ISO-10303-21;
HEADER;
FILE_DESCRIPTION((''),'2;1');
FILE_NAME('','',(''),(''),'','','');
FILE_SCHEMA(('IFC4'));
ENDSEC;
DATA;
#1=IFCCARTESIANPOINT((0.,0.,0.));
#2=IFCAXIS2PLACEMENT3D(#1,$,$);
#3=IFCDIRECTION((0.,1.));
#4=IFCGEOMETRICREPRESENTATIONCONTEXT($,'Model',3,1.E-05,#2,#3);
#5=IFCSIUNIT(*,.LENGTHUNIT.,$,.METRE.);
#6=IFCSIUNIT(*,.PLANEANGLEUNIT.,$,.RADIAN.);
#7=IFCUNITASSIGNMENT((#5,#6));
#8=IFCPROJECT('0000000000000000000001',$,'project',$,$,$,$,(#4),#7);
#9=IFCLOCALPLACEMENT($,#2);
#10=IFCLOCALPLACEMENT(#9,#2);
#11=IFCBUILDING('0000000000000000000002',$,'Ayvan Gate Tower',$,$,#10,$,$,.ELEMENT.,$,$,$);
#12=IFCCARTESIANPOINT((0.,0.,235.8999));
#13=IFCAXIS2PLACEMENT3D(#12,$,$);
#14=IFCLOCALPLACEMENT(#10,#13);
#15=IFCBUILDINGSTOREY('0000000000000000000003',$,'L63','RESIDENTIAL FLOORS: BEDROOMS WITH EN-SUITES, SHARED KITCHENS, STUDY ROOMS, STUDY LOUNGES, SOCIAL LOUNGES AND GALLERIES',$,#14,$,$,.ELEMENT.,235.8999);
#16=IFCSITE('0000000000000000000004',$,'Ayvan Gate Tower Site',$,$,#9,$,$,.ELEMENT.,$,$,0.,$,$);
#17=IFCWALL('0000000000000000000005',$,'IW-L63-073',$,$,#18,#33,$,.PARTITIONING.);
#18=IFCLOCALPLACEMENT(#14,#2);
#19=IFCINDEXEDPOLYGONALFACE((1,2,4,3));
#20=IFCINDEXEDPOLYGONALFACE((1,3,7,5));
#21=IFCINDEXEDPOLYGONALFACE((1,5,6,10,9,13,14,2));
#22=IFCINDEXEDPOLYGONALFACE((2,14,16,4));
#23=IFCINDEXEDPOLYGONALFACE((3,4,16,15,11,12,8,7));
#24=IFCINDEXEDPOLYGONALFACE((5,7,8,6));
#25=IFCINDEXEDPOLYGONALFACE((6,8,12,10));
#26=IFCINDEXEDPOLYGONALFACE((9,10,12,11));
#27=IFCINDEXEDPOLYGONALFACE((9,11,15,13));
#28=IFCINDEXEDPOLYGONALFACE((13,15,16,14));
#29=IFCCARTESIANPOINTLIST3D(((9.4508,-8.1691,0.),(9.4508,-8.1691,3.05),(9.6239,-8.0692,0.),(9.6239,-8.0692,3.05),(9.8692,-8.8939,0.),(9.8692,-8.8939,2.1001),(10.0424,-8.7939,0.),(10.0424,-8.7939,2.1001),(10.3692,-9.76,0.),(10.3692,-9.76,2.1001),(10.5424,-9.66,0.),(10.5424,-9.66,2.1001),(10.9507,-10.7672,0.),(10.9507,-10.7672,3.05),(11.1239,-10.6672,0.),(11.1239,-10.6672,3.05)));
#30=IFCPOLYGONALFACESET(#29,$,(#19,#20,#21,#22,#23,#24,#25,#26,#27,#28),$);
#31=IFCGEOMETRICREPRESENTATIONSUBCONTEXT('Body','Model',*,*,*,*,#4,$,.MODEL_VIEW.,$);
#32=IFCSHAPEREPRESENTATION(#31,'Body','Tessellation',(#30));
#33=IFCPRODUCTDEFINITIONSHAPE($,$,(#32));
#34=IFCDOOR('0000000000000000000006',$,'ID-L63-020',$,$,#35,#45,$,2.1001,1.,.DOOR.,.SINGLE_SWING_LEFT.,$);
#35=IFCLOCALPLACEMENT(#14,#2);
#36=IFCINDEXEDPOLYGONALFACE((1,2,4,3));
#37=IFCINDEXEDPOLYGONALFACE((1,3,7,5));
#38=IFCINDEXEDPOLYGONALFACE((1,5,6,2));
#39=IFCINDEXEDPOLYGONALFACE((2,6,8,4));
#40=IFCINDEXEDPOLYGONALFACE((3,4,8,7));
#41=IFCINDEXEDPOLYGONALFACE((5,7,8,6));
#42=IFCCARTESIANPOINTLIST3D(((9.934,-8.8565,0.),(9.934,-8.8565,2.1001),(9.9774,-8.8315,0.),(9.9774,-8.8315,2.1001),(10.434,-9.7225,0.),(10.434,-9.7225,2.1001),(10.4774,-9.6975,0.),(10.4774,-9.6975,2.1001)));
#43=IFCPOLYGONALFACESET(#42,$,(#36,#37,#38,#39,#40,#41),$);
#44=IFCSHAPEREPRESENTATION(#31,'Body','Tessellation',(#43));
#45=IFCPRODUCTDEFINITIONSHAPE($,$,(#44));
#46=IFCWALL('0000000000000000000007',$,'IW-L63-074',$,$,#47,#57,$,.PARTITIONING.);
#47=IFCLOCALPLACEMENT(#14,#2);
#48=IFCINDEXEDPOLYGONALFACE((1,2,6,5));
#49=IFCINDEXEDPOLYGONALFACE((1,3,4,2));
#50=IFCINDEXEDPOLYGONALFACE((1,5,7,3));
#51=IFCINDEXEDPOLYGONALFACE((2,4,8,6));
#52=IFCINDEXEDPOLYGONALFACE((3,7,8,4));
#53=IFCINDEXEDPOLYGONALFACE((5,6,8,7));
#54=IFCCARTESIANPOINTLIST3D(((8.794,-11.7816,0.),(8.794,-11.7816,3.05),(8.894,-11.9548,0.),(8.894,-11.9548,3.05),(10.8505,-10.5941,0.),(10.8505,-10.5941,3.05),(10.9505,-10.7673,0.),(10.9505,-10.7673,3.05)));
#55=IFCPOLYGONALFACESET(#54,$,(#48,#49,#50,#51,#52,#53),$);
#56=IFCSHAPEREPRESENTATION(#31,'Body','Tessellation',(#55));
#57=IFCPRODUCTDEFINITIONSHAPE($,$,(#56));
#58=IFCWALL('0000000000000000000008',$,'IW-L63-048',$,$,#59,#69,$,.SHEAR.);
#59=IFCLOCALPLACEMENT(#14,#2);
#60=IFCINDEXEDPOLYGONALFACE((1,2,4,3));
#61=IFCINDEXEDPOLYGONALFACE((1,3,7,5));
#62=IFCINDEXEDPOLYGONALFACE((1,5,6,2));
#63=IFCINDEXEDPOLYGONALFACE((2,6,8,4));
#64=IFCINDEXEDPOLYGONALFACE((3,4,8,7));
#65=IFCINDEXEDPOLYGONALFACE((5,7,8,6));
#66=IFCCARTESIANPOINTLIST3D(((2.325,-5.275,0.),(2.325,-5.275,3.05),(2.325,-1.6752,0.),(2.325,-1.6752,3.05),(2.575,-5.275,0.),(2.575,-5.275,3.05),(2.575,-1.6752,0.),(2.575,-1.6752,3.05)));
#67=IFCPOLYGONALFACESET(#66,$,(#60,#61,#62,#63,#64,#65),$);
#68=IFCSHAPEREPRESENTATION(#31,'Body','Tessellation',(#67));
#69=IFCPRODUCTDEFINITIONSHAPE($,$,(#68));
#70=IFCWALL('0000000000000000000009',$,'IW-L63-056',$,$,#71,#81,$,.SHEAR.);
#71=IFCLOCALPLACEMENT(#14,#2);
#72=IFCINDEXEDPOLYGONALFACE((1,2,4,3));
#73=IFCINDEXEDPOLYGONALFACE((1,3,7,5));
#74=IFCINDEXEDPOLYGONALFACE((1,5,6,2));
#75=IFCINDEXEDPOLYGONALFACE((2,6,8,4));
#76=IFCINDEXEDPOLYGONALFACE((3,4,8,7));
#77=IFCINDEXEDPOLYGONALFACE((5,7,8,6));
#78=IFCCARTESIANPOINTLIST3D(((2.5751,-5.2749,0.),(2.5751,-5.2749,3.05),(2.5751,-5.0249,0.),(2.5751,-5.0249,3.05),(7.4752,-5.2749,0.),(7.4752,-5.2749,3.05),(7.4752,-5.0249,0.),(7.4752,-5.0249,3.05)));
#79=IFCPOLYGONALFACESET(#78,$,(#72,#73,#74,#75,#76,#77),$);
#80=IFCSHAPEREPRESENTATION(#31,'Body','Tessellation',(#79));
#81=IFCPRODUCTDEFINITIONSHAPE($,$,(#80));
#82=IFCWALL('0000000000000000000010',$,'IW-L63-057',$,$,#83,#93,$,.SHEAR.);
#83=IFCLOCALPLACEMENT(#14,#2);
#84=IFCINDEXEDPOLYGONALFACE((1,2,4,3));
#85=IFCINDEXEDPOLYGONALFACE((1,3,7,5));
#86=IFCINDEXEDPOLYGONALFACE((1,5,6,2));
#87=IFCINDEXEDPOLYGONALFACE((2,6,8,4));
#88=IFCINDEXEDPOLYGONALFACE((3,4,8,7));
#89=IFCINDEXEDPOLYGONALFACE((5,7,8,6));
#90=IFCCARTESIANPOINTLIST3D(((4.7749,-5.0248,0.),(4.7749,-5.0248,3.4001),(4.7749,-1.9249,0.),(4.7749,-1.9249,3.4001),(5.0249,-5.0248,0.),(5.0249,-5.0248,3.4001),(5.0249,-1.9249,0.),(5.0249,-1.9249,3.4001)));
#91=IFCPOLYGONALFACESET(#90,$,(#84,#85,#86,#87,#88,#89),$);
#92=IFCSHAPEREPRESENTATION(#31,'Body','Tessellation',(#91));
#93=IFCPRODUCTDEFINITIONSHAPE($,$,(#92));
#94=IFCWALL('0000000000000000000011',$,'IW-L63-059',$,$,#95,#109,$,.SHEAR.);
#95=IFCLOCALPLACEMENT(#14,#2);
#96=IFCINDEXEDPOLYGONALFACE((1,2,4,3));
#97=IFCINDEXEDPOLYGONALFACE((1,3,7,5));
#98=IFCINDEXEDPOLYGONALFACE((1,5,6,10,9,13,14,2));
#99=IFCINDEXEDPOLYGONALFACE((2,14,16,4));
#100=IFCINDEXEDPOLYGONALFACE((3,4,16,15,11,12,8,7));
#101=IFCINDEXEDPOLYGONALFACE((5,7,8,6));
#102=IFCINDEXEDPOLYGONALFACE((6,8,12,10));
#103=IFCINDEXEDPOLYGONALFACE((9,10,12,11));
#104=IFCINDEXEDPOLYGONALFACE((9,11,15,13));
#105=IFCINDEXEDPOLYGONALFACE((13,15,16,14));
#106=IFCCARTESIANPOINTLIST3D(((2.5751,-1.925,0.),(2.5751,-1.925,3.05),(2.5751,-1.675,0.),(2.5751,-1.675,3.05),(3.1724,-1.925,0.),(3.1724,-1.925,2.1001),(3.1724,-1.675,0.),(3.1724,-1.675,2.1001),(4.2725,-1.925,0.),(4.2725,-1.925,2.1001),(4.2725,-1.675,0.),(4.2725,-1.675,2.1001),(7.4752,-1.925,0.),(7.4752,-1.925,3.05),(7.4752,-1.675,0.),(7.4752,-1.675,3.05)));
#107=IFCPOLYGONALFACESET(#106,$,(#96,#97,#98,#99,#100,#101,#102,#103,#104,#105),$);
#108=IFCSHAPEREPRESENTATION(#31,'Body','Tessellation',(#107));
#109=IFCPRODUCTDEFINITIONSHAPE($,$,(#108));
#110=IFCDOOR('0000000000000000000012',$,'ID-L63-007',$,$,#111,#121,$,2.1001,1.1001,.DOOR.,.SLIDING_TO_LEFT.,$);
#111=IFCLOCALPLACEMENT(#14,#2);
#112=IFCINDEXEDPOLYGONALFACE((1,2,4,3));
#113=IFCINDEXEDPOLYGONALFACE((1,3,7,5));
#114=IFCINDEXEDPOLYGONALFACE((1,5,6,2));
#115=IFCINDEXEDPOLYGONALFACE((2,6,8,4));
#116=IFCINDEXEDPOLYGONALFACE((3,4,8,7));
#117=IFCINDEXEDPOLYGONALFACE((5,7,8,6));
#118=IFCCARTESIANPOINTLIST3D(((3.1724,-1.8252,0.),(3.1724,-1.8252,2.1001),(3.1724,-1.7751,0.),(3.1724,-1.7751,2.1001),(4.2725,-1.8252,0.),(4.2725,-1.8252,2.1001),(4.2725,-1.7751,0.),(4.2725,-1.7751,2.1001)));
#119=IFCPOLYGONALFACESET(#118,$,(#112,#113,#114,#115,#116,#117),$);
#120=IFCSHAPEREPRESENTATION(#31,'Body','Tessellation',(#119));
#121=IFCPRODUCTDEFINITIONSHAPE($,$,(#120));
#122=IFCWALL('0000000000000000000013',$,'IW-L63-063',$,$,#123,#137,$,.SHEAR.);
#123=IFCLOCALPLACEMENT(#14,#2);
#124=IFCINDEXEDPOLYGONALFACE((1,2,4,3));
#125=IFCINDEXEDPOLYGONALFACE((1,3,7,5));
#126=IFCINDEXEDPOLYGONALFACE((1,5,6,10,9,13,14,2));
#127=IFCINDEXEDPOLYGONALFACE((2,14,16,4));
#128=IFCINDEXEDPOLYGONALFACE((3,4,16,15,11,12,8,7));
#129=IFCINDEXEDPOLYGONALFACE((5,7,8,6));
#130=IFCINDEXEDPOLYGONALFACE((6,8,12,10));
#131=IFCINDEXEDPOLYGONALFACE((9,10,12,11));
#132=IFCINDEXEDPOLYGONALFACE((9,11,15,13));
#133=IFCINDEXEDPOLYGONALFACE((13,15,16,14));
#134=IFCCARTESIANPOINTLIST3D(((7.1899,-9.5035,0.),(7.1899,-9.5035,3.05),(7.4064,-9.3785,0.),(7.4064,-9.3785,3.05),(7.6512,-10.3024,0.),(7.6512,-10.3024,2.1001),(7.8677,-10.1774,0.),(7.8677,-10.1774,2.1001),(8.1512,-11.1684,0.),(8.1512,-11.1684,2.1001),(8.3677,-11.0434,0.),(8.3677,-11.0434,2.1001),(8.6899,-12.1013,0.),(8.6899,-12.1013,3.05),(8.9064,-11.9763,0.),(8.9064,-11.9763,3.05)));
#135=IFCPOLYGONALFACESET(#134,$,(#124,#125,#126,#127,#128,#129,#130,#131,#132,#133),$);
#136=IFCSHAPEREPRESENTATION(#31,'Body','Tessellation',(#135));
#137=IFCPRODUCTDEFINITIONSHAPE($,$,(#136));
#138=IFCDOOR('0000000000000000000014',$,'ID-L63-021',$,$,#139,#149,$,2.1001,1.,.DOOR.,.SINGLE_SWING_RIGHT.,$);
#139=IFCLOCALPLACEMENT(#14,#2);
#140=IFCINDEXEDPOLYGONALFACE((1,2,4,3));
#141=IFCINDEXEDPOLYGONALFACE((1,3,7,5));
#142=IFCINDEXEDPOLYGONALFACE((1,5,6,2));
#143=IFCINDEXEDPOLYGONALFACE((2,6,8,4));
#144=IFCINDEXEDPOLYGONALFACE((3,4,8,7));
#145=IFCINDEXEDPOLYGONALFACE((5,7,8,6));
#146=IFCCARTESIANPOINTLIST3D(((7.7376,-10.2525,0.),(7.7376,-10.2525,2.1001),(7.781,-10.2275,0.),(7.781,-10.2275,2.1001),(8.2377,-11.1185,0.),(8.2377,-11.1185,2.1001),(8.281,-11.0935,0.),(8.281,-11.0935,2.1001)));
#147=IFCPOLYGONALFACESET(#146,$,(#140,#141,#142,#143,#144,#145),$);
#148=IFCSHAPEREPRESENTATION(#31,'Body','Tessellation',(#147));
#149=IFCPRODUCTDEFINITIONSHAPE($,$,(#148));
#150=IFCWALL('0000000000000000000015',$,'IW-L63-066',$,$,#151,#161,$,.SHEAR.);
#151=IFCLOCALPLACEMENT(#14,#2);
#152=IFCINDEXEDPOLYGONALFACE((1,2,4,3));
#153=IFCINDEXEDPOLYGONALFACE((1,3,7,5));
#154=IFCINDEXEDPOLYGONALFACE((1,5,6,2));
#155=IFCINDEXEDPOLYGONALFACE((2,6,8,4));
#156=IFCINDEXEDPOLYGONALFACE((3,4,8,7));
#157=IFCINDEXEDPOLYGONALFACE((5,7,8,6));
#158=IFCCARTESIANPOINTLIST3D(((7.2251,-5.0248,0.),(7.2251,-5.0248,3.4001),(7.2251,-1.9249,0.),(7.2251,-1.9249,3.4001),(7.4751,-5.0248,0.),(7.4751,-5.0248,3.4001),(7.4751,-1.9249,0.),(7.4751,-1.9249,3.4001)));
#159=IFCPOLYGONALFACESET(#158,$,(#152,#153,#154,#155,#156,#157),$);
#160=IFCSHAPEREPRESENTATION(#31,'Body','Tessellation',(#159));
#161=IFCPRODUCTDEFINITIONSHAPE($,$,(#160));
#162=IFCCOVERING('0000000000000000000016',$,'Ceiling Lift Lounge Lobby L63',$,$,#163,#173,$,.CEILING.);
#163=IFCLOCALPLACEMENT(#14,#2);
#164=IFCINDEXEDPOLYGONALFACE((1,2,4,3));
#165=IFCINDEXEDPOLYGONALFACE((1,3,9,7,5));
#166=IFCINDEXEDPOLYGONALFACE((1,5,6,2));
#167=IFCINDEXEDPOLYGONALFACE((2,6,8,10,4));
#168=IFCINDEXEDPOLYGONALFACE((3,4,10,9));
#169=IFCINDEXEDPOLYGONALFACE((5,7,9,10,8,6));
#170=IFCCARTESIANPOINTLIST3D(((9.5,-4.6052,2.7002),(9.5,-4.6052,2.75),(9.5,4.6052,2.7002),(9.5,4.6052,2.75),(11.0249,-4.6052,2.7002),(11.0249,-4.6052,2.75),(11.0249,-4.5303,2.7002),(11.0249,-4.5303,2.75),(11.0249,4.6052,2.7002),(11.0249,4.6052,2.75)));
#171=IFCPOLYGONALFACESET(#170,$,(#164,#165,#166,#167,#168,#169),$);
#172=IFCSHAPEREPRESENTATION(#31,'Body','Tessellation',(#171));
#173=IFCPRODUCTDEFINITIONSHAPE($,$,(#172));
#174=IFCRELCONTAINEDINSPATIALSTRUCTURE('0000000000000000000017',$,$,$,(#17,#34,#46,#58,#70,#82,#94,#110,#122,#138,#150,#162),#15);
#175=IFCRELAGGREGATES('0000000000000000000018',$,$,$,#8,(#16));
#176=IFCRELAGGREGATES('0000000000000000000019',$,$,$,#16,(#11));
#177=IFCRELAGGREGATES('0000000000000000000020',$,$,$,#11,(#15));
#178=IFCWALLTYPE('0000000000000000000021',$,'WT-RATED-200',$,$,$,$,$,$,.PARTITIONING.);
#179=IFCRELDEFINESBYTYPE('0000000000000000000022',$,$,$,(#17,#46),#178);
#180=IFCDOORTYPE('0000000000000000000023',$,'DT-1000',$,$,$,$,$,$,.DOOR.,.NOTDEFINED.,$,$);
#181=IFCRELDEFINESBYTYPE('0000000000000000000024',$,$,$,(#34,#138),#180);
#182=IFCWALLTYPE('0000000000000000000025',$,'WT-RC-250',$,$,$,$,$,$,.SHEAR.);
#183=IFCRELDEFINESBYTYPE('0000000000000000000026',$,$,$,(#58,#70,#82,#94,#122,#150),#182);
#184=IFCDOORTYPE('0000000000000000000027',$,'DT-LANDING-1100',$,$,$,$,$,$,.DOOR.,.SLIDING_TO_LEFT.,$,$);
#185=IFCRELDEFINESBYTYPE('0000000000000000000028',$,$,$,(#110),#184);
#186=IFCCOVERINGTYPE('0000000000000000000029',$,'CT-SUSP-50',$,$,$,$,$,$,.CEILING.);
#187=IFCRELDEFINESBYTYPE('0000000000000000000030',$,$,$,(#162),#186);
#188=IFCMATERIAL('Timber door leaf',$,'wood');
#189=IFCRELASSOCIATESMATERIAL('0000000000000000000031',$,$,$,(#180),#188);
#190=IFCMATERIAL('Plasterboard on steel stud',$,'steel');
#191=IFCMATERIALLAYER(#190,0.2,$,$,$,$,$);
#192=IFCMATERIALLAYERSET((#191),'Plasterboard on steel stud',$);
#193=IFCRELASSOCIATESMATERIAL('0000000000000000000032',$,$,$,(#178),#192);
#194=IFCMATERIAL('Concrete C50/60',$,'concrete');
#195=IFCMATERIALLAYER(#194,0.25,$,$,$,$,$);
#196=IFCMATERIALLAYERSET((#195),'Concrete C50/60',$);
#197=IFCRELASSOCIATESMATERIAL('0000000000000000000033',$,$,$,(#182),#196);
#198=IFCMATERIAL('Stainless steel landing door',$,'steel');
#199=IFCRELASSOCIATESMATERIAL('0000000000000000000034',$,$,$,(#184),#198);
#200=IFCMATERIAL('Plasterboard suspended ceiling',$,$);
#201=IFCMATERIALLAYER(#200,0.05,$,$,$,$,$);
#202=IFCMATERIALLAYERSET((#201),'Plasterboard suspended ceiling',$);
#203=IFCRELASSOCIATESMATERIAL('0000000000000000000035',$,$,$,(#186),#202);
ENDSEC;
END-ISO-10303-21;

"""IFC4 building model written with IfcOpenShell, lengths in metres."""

from ifc_helpers import new_model, si_unit, direction, frame, frame_2d, origin, place, context, subcontext, project, spatial, polyline, rectangle, outline, extrude, material, layer, layer_set, type_object, element, fill, save


model = new_model("IFC4")

# Units and contexts
model_context = context("Model", 3, precision=1e-05, world=origin(), true_north=direction((0.0, 1.0)))
body_context = subcontext(model_context, "Body", "Model", "MODEL_VIEW")
ifc_project = project(units=[si_unit("LENGTHUNIT", "METRE"), si_unit("PLANEANGLEUNIT", "RADIAN")], contexts=[model_context])

# Site, building, storey
site_placement = place(None, origin())
site = spatial("IfcSite", under=ifc_project, at=site_placement, Name="Ayvan Gate Tower Site", CompositionType="ELEMENT", RefElevation=0.0)
building_placement = place(site_placement, origin())
building = spatial("IfcBuilding", under=site, at=building_placement, Name="Ayvan Gate Tower", CompositionType="ELEMENT")
storey_placement = place(building_placement, frame((0.0, 0.0, 235.8999)))
storey = spatial("IfcBuildingStorey", under=building, at=storey_placement, Name="L63", Description="RESIDENTIAL FLOORS: BEDROOMS WITH EN-SUITES, SHARED KITCHENS, STUDY ROOMS, STUDY LOUNGES, SOCIAL LOUNGES AND GALLERIES", CompositionType="ELEMENT", Elevation=235.8999)

# Shared definitions
ifc_material_1 = material(Name="Concrete C50/60", Category="concrete")

# Shared definitions
ifc_material_2 = material(Name="Timber door leaf", Category="wood")

# Shared definitions
ifc_material_3 = material(Name="Plasterboard on steel stud", Category="steel")

# Shared definitions
door_type_1 = type_object("IfcDoorType", Name="DT-1000", OperationType="NOTDEFINED", PredefinedType="DOOR", material=ifc_material_2)

# Shared definitions
ifc_layer_1 = layer(ifc_material_3, 0.2)
ifc_layer_set_1 = layer_set([ifc_layer_1], Name="Plasterboard on steel stud")
wall_type_1 = type_object("IfcWallType", Name="WT-RATED-200", PredefinedType="PARTITIONING", material=ifc_layer_set_1)

# Wall, opening, door
wall_1_placement = place(storey_placement, frame((9.5374, -8.1191, 0.0), z_axis=(0.0, 0.0, 1.0), x_axis=(0.49999, -0.866031, 0.0)))
wall_1 = element("IfcWall", 1, at=wall_1_placement, inside=storey, type_object=wall_type_1, Name="IW-L63-073", PredefinedType="PARTITIONING", context=body_context, shape_type="SweptSolid", body=[
    extrude(rectangle(XDim=3.0, YDim=0.2, at=frame_2d((1.5, 0.0))), origin(), (0.0, 0.0, 1.0), 3.05),
])
opening_1_placement = place(wall_1_placement, frame((0.8369, 0.0, 0.0)))
opening_1 = element("IfcOpeningElement", 2, at=opening_1_placement, cuts=wall_1, PredefinedType="OPENING", context=body_context, shape_type="SweptSolid", body=[
    extrude(rectangle(XDim=1.0, YDim=2.1001, at=frame_2d((0.5, 1.05))), frame((0.0, 0.1099, 0.0), z_axis=(0.0, -1.0, 0.0), x_axis=(1.0, 0.0, 0.0)), (0.0, 0.0, 1.0), 0.22),
])
door_1_placement = place(opening_1_placement, origin())
door_1 = element("IfcDoor", 3, at=door_1_placement, inside=storey, type_object=door_type_1, Name="ID-L63-020", OperationType="SINGLE_SWING_LEFT", OverallHeight=2.1001, OverallWidth=1.0, PredefinedType="DOOR", context=body_context, shape_type="SweptSolid", body=[
    extrude(rectangle(XDim=1.0, YDim=2.1001, at=frame_2d((0.5, 1.05))), frame((0.0, 0.0249, 0.0), z_axis=(0.0, -1.0, 0.0), x_axis=(1.0, 0.0, 0.0)), (0.0, 0.0, 1.0), 0.05),
])
fill(opening_1, door_1)

# Walls
wall_2_placement = place(storey_placement, frame((10.9006, -10.6807, 0.0), z_axis=(0.0, 0.0, 1.0), x_axis=(-0.866008, -0.500031, 0.0)))
element("IfcWall", 4, at=wall_2_placement, inside=storey, type_object=wall_type_1, Name="IW-L63-074", PredefinedType="PARTITIONING", context=body_context, shape_type="SweptSolid", body=[
    extrude(rectangle(XDim=2.3748, YDim=0.2, at=frame_2d((1.1875, 0.0))), origin(), (0.0, 0.0, 1.0), 3.05),
])
ifc_layer_2 = layer(ifc_material_1, 0.25)
ifc_layer_set_2 = layer_set([ifc_layer_2], Name="Concrete C50/60")
wall_type_2 = type_object("IfcWallType", Name="WT-RC-250", PredefinedType="SHEAR", material=ifc_layer_set_2)
wall_3_placement = place(storey_placement, frame((2.45, -5.2749, 0.0), z_axis=(0.0, 0.0, 1.0), x_axis=(0.0, 1.0, 0.0)))
element("IfcWall", 5, at=wall_3_placement, inside=storey, type_object=wall_type_2, Name="IW-L63-048", PredefinedType="SHEAR", context=body_context, shape_type="SweptSolid", body=[
    extrude(rectangle(XDim=3.5999, YDim=0.25, at=frame_2d((1.7998, 0.0))), origin(), (0.0, 0.0, 1.0), 3.05),
])
wall_4_placement = place(storey_placement, frame((2.575, -5.1499, 0.0), z_axis=(0.0, 0.0, 1.0), x_axis=(1.0, 0.0, 0.0)))
element("IfcWall", 6, at=wall_4_placement, inside=storey, type_object=wall_type_2, Name="IW-L63-056", PredefinedType="SHEAR", context=body_context, shape_type="SweptSolid", body=[
    extrude(rectangle(XDim=4.9001, YDim=0.25, at=frame_2d((2.4502, 0.0))), origin(), (0.0, 0.0, 1.0), 3.05),
])
wall_5_placement = place(storey_placement, frame((4.8999, -1.925, 0.0), z_axis=(0.0, 0.0, 1.0), x_axis=(0.0, -1.0, 0.0)))
element("IfcWall", 7, at=wall_5_placement, inside=storey, type_object=wall_type_2, Name="IW-L63-057", PredefinedType="SHEAR", context=body_context, shape_type="SweptSolid", body=[
    extrude(rectangle(XDim=3.0999, YDim=0.25, at=frame_2d((1.5498, 0.0))), origin(), (0.0, 0.0, 1.0), 3.4001),
])

# Walls, openings, doors
wall_6_placement = place(storey_placement, frame((2.575, -1.8, 0.0), z_axis=(0.0, 0.0, 1.0), x_axis=(1.0, 0.0, 0.0)))
wall_6 = element("IfcWall", 8, at=wall_6_placement, inside=storey, type_object=wall_type_2, Name="IW-L63-059", PredefinedType="SHEAR", context=body_context, shape_type="SweptSolid", body=[
    extrude(rectangle(XDim=4.9001, YDim=0.25, at=frame_2d((2.4502, 0.0))), origin(), (0.0, 0.0, 1.0), 3.05),
])
opening_2_placement = place(wall_6_placement, frame((0.5974, 0.0, 0.0)))
opening_2 = element("IfcOpeningElement", 9, at=opening_2_placement, cuts=wall_6, PredefinedType="OPENING", context=body_context, shape_type="SweptSolid", body=[
    extrude(rectangle(XDim=1.1001, YDim=2.1001, at=frame_2d((0.55, 1.05))), frame((0.0, 0.135, 0.0), z_axis=(0.0, -1.0, 0.0), x_axis=(1.0, 0.0, 0.0)), (0.0, 0.0, 1.0), 0.27),
])
ifc_material_4 = material(Name="Stainless steel landing door", Category="steel")
door_type_2 = type_object("IfcDoorType", Name="DT-LANDING-1100", OperationType="SLIDING_TO_LEFT", PredefinedType="DOOR", material=ifc_material_4)
door_2_placement = place(opening_2_placement, origin())
door_2 = element("IfcDoor", 10, at=door_2_placement, inside=storey, type_object=door_type_2, Name="ID-L63-007", OperationType="SLIDING_TO_LEFT", OverallHeight=2.1001, OverallWidth=1.1001, PredefinedType="DOOR", context=body_context, shape_type="SweptSolid", body=[
    extrude(rectangle(XDim=1.1001, YDim=2.1001, at=frame_2d((0.55, 1.05))), frame((0.0, 0.0249, 0.0), z_axis=(0.0, -1.0, 0.0), x_axis=(1.0, 0.0, 0.0)), (0.0, 0.0, 1.0), 0.05),
])
fill(opening_2, door_2)
wall_7_placement = place(storey_placement, frame((7.2981, -9.4409, 0.0), z_axis=(0.0, 0.0, 1.0), x_axis=(0.500025, -0.866011, 0.0)))
wall_7 = element("IfcWall", 11, at=wall_7_placement, inside=storey, type_object=wall_type_2, Name="IW-L63-063", PredefinedType="SHEAR", context=body_context, shape_type="SweptSolid", body=[
    extrude(rectangle(XDim=2.9998, YDim=0.25, at=frame_2d((1.5, 0.0))), origin(), (0.0, 0.0, 1.0), 3.05),
])
opening_3_placement = place(wall_7_placement, frame((0.9226, 0.0, 0.0)))
opening_3 = element("IfcOpeningElement", 12, at=opening_3_placement, cuts=wall_7, PredefinedType="OPENING", context=body_context, shape_type="SweptSolid", body=[
    extrude(rectangle(XDim=1.0, YDim=2.1001, at=frame_2d((0.5, 1.05))), frame((0.0, 0.135, 0.0), z_axis=(0.0, -1.0, 0.0), x_axis=(1.0, 0.0, 0.0)), (0.0, 0.0, 1.0), 0.27),
])
door_3_placement = place(opening_3_placement, origin())
door_3 = element("IfcDoor", 13, at=door_3_placement, inside=storey, type_object=door_type_1, Name="ID-L63-021", OperationType="SINGLE_SWING_RIGHT", OverallHeight=2.1001, OverallWidth=1.0, PredefinedType="DOOR", context=body_context, shape_type="SweptSolid", body=[
    extrude(rectangle(XDim=1.0, YDim=2.1001, at=frame_2d((0.5, 1.05))), frame((0.0, 0.0249, 0.0), z_axis=(0.0, -1.0, 0.0), x_axis=(1.0, 0.0, 0.0)), (0.0, 0.0, 1.0), 0.05),
])
fill(opening_3, door_3)

# Wall
wall_8_placement = place(storey_placement, frame((7.3501, -1.925, 0.0), z_axis=(0.0, 0.0, 1.0), x_axis=(0.0, -1.0, 0.0)))
element("IfcWall", 14, at=wall_8_placement, inside=storey, type_object=wall_type_2, Name="IW-L63-066", PredefinedType="SHEAR", context=body_context, shape_type="SweptSolid", body=[
    extrude(rectangle(XDim=3.0999, YDim=0.25, at=frame_2d((1.5498, 0.0))), origin(), (0.0, 0.0, 1.0), 3.4001),
])

# Covering
ifc_material_5 = material(Name="Plasterboard suspended ceiling")
ifc_layer_3 = layer(ifc_material_5, 0.05)
ifc_layer_set_3 = layer_set([ifc_layer_3], Name="Plasterboard suspended ceiling")
covering_type = type_object("IfcCoveringType", Name="CT-SUSP-50", PredefinedType="CEILING", material=ifc_layer_set_3)
covering_placement = place(storey_placement, frame((0.0, 0.0, 2.7002)))
element("IfcCovering", 15, at=covering_placement, inside=storey, type_object=covering_type, Name="Ceiling Lift Lounge Lobby L63", PredefinedType="CEILING", context=body_context, shape_type="SweptSolid", body=[
    extrude(outline(polyline([(11.0249, -4.6052), (9.5, -4.6052), (9.5, 4.6052), (11.0249, 4.6052), (11.0249, -4.5303), (11.0249, -4.5303), (11.0249, -4.6052)])), origin(), (0.0, 0.0, 1.0), 0.0498),
])

save(model, "model.ifc")
